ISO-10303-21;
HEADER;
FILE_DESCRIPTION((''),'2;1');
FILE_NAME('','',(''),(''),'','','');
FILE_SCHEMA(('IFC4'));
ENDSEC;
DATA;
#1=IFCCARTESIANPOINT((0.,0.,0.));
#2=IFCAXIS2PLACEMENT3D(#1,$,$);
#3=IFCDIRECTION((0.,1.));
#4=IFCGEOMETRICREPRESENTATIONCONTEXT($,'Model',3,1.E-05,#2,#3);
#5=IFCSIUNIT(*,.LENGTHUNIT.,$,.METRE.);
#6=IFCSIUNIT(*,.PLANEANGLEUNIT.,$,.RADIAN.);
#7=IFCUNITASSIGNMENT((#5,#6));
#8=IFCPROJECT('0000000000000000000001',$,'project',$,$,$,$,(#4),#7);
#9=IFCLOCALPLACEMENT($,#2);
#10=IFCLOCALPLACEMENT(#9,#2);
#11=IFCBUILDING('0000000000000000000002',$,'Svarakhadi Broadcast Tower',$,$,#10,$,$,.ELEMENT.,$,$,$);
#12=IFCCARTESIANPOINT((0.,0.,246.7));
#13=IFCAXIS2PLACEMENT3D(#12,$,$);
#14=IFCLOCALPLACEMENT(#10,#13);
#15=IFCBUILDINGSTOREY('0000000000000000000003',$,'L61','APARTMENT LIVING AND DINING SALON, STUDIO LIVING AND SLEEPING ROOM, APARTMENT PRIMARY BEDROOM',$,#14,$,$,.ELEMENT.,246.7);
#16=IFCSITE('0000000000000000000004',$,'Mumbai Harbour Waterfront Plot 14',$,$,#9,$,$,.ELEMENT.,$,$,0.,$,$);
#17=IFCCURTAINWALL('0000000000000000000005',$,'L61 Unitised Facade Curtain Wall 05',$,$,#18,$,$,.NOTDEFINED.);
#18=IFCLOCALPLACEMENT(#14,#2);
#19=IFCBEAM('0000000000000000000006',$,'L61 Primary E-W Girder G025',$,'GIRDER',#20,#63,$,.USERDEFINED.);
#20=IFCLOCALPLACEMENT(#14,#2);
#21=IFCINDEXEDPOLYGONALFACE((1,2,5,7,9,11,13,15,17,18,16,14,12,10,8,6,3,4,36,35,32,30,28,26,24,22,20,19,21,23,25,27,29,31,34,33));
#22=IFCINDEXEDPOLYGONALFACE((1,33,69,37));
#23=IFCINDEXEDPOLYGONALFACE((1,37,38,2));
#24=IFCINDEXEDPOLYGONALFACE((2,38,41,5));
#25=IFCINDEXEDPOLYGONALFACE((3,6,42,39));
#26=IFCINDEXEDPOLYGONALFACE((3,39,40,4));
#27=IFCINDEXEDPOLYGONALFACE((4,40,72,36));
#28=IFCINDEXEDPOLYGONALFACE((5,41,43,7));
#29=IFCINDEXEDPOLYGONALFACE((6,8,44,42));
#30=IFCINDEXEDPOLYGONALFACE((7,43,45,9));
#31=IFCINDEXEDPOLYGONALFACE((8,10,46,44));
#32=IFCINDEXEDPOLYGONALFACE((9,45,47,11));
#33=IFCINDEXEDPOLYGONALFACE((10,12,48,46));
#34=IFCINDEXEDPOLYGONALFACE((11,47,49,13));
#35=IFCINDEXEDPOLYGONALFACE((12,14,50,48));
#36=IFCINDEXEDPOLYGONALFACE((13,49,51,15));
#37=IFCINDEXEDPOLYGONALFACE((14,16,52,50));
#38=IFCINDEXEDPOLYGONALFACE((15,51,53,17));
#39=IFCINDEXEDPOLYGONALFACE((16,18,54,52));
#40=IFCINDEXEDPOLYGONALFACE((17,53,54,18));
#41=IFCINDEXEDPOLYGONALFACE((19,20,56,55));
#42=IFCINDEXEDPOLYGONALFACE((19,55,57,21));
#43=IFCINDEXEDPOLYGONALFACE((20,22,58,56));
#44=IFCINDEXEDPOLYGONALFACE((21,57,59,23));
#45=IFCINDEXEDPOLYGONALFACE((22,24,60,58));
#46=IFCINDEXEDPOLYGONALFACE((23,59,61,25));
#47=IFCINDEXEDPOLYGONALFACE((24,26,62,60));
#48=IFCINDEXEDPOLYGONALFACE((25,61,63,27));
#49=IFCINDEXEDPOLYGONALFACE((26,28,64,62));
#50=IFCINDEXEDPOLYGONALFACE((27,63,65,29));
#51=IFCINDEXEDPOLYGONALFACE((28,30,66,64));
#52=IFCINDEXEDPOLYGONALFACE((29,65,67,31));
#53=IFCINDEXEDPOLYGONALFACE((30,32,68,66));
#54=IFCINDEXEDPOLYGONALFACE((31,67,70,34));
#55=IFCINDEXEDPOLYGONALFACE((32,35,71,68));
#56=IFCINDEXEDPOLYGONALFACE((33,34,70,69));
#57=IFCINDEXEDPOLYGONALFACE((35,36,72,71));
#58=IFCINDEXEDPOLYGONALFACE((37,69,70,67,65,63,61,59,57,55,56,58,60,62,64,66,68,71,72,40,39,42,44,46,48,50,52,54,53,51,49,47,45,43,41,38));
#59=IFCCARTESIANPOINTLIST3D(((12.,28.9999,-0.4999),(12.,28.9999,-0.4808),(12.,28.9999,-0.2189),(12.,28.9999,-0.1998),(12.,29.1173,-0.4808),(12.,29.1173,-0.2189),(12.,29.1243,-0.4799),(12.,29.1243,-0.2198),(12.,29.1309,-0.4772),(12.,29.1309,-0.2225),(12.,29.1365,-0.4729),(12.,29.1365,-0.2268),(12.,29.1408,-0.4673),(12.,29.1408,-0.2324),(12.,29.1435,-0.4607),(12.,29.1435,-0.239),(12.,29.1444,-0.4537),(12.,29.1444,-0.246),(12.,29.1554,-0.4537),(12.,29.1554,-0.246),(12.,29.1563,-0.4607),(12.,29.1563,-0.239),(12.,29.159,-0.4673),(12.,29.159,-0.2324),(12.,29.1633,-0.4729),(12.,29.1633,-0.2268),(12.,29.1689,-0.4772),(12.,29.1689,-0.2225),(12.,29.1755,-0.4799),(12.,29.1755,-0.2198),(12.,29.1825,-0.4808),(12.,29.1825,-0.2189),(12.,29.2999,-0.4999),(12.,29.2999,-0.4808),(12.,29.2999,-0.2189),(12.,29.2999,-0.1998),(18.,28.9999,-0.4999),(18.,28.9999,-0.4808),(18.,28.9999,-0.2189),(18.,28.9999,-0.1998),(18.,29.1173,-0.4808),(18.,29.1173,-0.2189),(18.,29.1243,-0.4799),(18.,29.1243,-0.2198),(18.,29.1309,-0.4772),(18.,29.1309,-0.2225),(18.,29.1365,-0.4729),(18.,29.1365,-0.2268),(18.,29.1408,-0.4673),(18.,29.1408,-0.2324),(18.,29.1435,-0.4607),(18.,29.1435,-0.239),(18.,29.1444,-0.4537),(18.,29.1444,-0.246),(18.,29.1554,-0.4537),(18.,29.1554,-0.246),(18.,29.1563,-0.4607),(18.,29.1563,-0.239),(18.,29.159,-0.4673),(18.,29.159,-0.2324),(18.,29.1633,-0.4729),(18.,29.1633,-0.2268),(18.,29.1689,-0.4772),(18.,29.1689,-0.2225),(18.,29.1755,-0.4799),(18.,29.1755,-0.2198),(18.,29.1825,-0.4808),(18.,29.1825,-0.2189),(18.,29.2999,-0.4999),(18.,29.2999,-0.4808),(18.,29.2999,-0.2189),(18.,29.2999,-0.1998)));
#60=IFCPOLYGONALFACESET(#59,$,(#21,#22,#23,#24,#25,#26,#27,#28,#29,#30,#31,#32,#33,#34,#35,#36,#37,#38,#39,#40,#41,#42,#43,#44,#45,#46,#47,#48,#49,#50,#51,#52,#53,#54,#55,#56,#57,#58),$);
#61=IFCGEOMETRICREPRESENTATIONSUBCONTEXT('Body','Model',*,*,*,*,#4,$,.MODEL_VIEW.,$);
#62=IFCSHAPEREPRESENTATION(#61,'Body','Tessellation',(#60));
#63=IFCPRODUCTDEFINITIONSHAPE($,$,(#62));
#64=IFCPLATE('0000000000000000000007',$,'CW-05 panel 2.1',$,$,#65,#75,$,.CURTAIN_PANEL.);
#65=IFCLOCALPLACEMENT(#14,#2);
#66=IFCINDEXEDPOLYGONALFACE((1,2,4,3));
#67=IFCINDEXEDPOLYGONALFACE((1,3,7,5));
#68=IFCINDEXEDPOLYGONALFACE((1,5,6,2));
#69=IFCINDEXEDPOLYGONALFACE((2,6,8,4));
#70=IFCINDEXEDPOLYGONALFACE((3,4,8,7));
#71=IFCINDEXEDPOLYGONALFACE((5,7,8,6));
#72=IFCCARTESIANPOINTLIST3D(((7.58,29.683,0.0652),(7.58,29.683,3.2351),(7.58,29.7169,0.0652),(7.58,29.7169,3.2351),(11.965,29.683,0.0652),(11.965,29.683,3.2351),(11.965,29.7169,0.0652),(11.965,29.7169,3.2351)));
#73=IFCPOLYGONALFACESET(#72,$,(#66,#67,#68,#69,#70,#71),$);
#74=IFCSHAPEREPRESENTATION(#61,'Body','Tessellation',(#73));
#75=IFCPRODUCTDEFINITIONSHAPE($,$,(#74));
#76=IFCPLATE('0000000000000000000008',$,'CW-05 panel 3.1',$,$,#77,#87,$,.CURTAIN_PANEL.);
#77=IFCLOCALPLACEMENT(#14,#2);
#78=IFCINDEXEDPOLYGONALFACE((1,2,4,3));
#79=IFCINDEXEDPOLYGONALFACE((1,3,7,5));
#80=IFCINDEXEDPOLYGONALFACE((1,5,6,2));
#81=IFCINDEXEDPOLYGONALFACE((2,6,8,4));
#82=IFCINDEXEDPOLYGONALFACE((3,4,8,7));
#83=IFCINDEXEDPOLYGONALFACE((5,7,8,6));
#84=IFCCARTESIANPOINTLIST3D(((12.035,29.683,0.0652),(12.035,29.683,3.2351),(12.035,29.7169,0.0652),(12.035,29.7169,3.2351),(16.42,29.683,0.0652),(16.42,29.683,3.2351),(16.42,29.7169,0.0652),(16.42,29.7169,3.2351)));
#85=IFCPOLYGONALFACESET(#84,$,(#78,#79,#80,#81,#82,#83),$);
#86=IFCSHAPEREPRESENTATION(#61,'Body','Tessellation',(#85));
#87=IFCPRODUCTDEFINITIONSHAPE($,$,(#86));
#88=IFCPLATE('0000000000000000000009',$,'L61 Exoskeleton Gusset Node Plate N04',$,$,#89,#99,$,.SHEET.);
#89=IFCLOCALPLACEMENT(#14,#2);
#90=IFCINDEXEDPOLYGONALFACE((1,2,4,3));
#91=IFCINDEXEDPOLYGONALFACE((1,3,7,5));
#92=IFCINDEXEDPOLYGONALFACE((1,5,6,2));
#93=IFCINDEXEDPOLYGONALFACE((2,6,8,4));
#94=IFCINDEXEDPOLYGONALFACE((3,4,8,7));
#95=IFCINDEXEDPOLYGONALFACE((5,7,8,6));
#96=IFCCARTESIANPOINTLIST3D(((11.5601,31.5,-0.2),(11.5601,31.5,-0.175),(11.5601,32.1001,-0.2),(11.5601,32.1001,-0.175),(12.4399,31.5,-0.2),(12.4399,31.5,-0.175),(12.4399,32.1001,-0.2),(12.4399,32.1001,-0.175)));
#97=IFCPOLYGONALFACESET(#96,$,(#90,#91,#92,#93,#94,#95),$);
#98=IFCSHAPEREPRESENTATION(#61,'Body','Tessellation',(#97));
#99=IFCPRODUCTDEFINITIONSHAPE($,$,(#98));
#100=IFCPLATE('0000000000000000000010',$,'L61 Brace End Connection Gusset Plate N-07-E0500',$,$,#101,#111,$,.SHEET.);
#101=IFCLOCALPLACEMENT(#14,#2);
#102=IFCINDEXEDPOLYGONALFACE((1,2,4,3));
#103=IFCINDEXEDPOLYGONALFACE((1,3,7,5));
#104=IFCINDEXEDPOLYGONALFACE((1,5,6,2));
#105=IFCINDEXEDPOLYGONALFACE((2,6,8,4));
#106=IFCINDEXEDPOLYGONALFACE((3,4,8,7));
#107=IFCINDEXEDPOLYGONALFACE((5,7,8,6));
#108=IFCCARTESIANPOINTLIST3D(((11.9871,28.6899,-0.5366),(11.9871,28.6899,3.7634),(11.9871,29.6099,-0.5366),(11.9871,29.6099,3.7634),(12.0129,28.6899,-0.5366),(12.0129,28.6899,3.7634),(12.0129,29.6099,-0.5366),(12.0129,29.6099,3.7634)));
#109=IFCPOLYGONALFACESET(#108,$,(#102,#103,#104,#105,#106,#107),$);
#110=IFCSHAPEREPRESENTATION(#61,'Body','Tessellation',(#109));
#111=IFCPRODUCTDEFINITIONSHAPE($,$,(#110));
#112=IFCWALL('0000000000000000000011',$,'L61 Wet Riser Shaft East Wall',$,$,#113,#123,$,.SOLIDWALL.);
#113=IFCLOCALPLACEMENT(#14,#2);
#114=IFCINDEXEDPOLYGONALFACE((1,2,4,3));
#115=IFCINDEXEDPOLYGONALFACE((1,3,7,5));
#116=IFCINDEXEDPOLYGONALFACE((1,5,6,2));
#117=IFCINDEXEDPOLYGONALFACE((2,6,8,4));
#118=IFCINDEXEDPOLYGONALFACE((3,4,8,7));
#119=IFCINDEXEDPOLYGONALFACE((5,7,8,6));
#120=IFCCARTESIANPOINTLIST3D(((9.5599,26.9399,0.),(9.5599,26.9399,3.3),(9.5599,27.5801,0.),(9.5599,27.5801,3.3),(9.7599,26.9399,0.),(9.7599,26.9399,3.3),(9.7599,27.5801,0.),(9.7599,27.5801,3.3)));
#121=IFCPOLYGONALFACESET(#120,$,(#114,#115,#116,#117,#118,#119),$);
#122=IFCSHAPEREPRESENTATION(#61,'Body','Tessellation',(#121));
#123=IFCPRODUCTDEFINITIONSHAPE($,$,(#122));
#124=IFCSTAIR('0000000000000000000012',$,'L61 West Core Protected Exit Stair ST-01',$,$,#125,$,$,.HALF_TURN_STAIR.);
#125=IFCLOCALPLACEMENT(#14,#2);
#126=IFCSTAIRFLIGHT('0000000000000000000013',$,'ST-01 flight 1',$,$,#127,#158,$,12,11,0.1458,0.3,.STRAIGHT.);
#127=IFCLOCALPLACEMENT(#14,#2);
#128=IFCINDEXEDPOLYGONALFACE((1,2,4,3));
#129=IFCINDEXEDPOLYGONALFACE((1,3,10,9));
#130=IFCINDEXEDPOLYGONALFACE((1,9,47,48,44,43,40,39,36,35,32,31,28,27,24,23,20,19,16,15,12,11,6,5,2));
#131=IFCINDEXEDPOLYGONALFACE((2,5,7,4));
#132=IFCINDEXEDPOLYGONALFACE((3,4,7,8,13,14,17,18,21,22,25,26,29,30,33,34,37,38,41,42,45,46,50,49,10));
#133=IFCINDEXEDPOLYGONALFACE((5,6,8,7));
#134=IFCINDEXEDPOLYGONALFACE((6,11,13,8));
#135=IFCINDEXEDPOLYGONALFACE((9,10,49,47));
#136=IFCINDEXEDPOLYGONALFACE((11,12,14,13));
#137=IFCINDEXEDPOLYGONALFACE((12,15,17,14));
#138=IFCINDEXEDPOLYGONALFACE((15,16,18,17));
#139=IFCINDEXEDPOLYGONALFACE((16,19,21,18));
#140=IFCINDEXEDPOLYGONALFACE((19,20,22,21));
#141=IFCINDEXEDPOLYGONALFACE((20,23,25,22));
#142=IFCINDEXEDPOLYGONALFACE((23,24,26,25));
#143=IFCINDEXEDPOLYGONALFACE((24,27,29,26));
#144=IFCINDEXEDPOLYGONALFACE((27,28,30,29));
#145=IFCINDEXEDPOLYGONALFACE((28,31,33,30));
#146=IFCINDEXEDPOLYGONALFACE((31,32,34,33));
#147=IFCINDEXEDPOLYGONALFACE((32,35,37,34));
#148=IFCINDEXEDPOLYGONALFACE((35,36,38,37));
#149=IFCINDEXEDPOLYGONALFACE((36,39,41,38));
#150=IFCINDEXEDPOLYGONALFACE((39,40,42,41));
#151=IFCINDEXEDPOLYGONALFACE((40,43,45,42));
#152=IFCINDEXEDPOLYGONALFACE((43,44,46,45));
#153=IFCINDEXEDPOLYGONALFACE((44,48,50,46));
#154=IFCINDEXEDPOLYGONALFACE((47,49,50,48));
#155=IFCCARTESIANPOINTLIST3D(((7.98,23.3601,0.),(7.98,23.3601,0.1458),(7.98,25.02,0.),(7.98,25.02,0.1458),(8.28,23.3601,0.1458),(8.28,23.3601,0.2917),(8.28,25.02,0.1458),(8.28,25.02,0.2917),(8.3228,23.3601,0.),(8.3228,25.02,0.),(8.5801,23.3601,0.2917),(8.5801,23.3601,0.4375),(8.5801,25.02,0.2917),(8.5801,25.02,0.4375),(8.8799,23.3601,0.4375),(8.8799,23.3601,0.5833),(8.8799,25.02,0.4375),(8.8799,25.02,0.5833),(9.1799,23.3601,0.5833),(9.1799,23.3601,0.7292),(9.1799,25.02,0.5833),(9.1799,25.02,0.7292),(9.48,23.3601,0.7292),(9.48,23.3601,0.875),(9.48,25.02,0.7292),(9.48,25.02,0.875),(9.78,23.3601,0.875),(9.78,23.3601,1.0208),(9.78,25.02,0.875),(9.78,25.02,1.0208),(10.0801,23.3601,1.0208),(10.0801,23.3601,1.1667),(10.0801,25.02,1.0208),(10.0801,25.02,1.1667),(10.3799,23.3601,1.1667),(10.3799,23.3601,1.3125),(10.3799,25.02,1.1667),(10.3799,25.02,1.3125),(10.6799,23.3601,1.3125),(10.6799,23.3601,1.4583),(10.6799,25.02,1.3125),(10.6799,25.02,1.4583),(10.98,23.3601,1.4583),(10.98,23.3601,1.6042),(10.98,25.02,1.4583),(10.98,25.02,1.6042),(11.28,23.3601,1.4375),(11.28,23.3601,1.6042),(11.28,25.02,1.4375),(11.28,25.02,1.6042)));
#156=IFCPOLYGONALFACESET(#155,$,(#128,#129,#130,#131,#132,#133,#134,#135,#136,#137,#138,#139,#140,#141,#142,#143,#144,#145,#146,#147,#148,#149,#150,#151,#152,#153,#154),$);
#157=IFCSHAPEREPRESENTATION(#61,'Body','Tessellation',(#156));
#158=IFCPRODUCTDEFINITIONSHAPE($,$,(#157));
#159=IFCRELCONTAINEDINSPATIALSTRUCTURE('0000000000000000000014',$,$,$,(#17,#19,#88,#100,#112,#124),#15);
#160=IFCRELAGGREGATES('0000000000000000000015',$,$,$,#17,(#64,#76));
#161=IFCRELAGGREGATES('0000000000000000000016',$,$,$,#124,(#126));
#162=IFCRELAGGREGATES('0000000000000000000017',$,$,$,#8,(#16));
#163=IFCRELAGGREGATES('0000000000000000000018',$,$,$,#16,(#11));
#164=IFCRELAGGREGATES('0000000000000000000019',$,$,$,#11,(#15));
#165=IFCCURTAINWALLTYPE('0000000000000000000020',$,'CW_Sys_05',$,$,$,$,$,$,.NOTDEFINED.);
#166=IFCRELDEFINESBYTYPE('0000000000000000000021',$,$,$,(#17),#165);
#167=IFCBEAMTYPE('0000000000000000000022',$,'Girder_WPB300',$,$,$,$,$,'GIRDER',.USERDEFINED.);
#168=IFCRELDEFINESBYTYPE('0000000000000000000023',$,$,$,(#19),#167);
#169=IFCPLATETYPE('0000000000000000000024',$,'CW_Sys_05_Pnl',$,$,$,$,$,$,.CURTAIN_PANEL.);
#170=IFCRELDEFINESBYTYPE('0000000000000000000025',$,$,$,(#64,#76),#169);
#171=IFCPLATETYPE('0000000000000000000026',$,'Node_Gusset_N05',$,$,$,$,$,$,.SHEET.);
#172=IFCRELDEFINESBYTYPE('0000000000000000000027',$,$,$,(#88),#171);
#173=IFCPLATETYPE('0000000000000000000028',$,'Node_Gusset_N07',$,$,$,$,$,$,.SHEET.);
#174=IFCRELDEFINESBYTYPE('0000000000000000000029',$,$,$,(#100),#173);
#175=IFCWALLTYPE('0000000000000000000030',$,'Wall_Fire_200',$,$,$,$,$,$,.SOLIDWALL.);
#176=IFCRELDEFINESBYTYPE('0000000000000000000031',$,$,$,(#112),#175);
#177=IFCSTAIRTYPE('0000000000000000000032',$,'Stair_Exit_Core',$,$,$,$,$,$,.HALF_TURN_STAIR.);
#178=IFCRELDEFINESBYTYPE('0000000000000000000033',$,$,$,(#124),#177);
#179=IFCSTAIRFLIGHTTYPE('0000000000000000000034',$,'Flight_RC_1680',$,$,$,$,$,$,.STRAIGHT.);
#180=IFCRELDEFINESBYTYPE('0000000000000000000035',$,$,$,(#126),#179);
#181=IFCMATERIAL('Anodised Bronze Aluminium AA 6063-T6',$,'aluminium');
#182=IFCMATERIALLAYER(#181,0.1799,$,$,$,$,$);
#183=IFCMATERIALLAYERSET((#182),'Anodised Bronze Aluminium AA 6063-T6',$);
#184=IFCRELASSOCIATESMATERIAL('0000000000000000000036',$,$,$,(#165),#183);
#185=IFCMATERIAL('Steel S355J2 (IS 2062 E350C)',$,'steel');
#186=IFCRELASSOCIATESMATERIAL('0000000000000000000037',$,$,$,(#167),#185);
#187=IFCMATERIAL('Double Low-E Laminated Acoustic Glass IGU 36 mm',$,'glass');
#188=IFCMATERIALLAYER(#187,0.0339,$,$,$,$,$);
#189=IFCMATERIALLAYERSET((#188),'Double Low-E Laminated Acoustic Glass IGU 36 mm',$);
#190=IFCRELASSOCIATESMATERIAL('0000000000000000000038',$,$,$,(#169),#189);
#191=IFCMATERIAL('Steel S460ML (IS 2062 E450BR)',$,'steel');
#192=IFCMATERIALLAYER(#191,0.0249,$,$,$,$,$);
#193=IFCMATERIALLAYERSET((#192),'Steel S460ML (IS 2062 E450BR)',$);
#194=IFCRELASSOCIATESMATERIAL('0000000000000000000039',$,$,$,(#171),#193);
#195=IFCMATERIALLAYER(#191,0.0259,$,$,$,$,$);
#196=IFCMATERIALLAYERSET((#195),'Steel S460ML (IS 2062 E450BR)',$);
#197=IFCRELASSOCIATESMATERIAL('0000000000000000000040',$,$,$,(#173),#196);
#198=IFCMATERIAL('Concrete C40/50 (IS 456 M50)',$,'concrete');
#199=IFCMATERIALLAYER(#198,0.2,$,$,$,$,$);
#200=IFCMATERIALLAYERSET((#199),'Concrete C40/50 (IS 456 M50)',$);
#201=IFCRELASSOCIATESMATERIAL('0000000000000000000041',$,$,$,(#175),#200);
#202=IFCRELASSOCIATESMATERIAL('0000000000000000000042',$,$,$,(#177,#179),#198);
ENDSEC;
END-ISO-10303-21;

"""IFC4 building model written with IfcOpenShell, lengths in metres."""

from ifc_helpers import new_model, si_unit, direction, frame, frame_2d, origin, origin_2d, place, context, subcontext, project, spatial, polyline, rectangle, i_section, outline, extrude, material, layer, layer_set, material_profile, profile_set, type_object, element, aggregate, save


model = new_model("IFC4")

# Units and contexts
model_context = context("Model", 3, precision=1e-05, world=origin(), true_north=direction((0.0, 1.0)))
body_context = subcontext(model_context, "Body", "Model", "MODEL_VIEW")
ifc_project = project(units=[si_unit("LENGTHUNIT", "METRE"), si_unit("PLANEANGLEUNIT", "RADIAN")], contexts=[model_context])

# Site, building, storey
site_placement = place(None, origin())
site = spatial("IfcSite", under=ifc_project, at=site_placement, Name="Mumbai Harbour Waterfront Plot 14", CompositionType="ELEMENT", RefElevation=0.0)
building_placement = place(site_placement, origin())
building = spatial("IfcBuilding", under=site, at=building_placement, Name="Svarakhadi Broadcast Tower", CompositionType="ELEMENT")
storey_placement = place(building_placement, frame((0.0, 0.0, 246.7)))
storey = spatial("IfcBuildingStorey", under=building, at=storey_placement, Name="L61", Description="APARTMENT LIVING AND DINING SALON, STUDIO LIVING AND SLEEPING ROOM, APARTMENT PRIMARY BEDROOM", CompositionType="ELEMENT", Elevation=246.7)

# Shared definitions
ifc_material_1 = material(Name="Steel S460ML (IS 2062 E450BR)", Category="steel")

# Curtain wall
ifc_material_2 = material(Name="Anodised Bronze Aluminium AA 6063-T6", Category="aluminium")
ifc_layer_1 = layer(ifc_material_2, 0.1799)
ifc_layer_set_1 = layer_set([ifc_layer_1], Name="Anodised Bronze Aluminium AA 6063-T6")
curtain_wall_type = type_object("IfcCurtainWallType", Name="CW_Sys_05", PredefinedType="NOTDEFINED", material=ifc_layer_set_1)
curtain_wall_placement = place(storey_placement, origin())
curtain_wall = element("IfcCurtainWall", 1, at=curtain_wall_placement, inside=storey, type_object=curtain_wall_type, Name="L61 Unitised Facade Curtain Wall 05", PredefinedType="NOTDEFINED")

# Beam
ifc_material_3 = material(Name="Steel S355J2 (IS 2062 E350C)", Category="steel")
ifc_material_profile_1 = material_profile(ifc_material_3, i_section(OverallWidth=0.3, OverallDepth=0.3, WebThickness=0.011, FlangeThickness=0.019, FilletRadius=0.0271, at=origin_2d()), Name="WPB 300x300x117")
ifc_profile_set_1 = profile_set([ifc_material_profile_1], Name="Steel S355J2 (IS 2062 E350C)")
beam_type = type_object("IfcBeamType", Name="Girder_WPB300", ElementType="GIRDER", PredefinedType="USERDEFINED", material=ifc_profile_set_1)
beam_placement = place(storey_placement, frame((12.0, 29.1499, -0.3499), z_axis=(1.0, 0.0, 0.0), x_axis=(0.0, 1.0, 0.0)))
element("IfcBeam", 2, at=beam_placement, inside=storey, type_object=beam_type, Name="L61 Primary E-W Girder G025", ObjectType="GIRDER", PredefinedType="USERDEFINED", context=body_context, shape_type="SweptSolid", body=[
    extrude(i_section(OverallWidth=0.3, OverallDepth=0.3, WebThickness=0.011, FlangeThickness=0.019, FilletRadius=0.0271, at=origin_2d()), origin(), (0.0, 0.0, 1.0), 6.0),
])

# Plates
ifc_material_4 = material(Name="Double Low-E Laminated Acoustic Glass IGU 36 mm", Category="glass")
ifc_layer_2 = layer(ifc_material_4, 0.0339)
ifc_layer_set_2 = layer_set([ifc_layer_2], Name="Double Low-E Laminated Acoustic Glass IGU 36 mm")
plate_type_1 = type_object("IfcPlateType", Name="CW_Sys_05_Pnl", PredefinedType="CURTAIN_PANEL", material=ifc_layer_set_2)
plate_1_placement = place(storey_placement, frame((9.7725, 29.7, 0.0652), z_axis=(0.0, 0.0, 1.0), x_axis=(1.0, 0.0, 0.0)))
plate_1 = element("IfcPlate", 3, at=plate_1_placement, type_object=plate_type_1, Name="CW-05 panel 2.1", PredefinedType="CURTAIN_PANEL", context=body_context, shape_type="SweptSolid", body=[
    extrude(rectangle(XDim=4.385, YDim=0.0339, at=origin_2d()), origin(), (0.0, 0.0, 1.0), 3.1699),
])
plate_2_placement = place(storey_placement, frame((14.2275, 29.7, 0.0652), z_axis=(0.0, 0.0, 1.0), x_axis=(1.0, 0.0, 0.0)))
plate_2 = element("IfcPlate", 4, at=plate_2_placement, type_object=plate_type_1, Name="CW-05 panel 3.1", PredefinedType="CURTAIN_PANEL", context=body_context, shape_type="SweptSolid", body=[
    extrude(rectangle(XDim=4.385, YDim=0.0339, at=origin_2d()), origin(), (0.0, 0.0, 1.0), 3.1699),
])
aggregate(curtain_wall, [plate_1, plate_2])

# Plates
ifc_layer_3 = layer(ifc_material_1, 0.0249)
ifc_layer_set_3 = layer_set([ifc_layer_3], Name="Steel S460ML (IS 2062 E450BR)")
plate_type_2 = type_object("IfcPlateType", Name="Node_Gusset_N05", PredefinedType="SHEET", material=ifc_layer_set_3)
plate_3_placement = place(storey_placement, frame((12.0, 31.8, -0.2), z_axis=(0.0, 0.0, 1.0), x_axis=(1.0, 0.0, 0.0)))
element("IfcPlate", 5, at=plate_3_placement, inside=storey, type_object=plate_type_2, Name="L61 Exoskeleton Gusset Node Plate N04", PredefinedType="SHEET", context=body_context, shape_type="SweptSolid", body=[
    extrude(rectangle(XDim=0.8799, YDim=0.6001, at=origin_2d()), origin(), (0.0, 0.0, 1.0), 0.0249),
])
ifc_layer_4 = layer(ifc_material_1, 0.0259)
ifc_layer_set_4 = layer_set([ifc_layer_4], Name="Steel S460ML (IS 2062 E450BR)")
plate_type_3 = type_object("IfcPlateType", Name="Node_Gusset_N07", PredefinedType="SHEET", material=ifc_layer_set_4)
plate_4_placement = place(storey_placement, frame((12.0, 29.1499, -0.5366), z_axis=(0.0, 0.0, 1.0), x_axis=(0.0, 1.0, 0.0)))
element("IfcPlate", 6, at=plate_4_placement, inside=storey, type_object=plate_type_3, Name="L61 Brace End Connection Gusset Plate N-07-E0500", PredefinedType="SHEET", context=body_context, shape_type="SweptSolid", body=[
    extrude(rectangle(XDim=0.9199, YDim=0.0259, at=origin_2d()), origin(), (0.0, 0.0, 1.0), 4.3),
])

# Wall
ifc_material_5 = material(Name="Concrete C40/50 (IS 456 M50)", Category="concrete")
ifc_layer_5 = layer(ifc_material_5, 0.2)
ifc_layer_set_5 = layer_set([ifc_layer_5], Name="Concrete C40/50 (IS 456 M50)")
wall_type = type_object("IfcWallType", Name="Wall_Fire_200", PredefinedType="SOLIDWALL", material=ifc_layer_set_5)
wall_placement = place(storey_placement, frame((9.6599, 26.9399, 0.0), z_axis=(0.0, 0.0, 1.0), x_axis=(0.0, 1.0, 0.0)))
element("IfcWall", 7, at=wall_placement, inside=storey, type_object=wall_type, Name="L61 Wet Riser Shaft East Wall", PredefinedType="SOLIDWALL", context=body_context, shape_type="SweptSolid", body=[
    extrude(rectangle(XDim=0.6401, YDim=0.2, at=frame_2d((0.3201, 0.0))), origin(), (0.0, 0.0, 1.0), 3.3),
])

# Stair, stair flight
stair_type = type_object("IfcStairType", Name="Stair_Exit_Core", PredefinedType="HALF_TURN_STAIR", material=ifc_material_5)
stair_placement = place(storey_placement, origin())
stair = element("IfcStair", 8, at=stair_placement, inside=storey, type_object=stair_type, Name="L61 West Core Protected Exit Stair ST-01", PredefinedType="HALF_TURN_STAIR")
stair_flight_type = type_object("IfcStairFlightType", Name="Flight_RC_1680", PredefinedType="STRAIGHT", material=ifc_material_5)
stair_flight_1_placement = place(storey_placement, frame((7.98, 24.1899, 0.0), z_axis=(0.0, 0.0, 1.0), x_axis=(1.0, 0.0, 0.0)))
stair_flight_1 = element("IfcStairFlight", 9, at=stair_flight_1_placement, type_object=stair_flight_type, Name="ST-01 flight 1", NumberOfRisers=12, NumberOfTreads=11, PredefinedType="STRAIGHT", RiserHeight=0.1458, TreadLength=0.3, context=body_context, shape_type="SweptSolid", body=[
    extrude(outline(polyline([(0.0, 0.0), (0.0, 0.1458), (0.3, 0.1458), (0.3, 0.2917), (0.6001, 0.2917), (0.6001, 0.4375), (0.8999, 0.4375), (0.8999, 0.5833), (1.2, 0.5833), (1.2, 0.7292), (1.5, 0.7292), (1.5, 0.875), (1.8, 0.875), (1.8, 1.0208), (2.1001, 1.0208), (2.1001, 1.1667), (2.3999, 1.1667), (2.3999, 1.3125), (2.7, 1.3125), (2.7, 1.4583), (3.0, 1.4583), (3.0, 1.6042), (3.3, 1.6042), (3.3, 1.75), (3.3, 1.4375), (0.3428, 0.0), (0.0, 0.0)])), frame((0.0, 0.8301, 0.0), z_axis=(0.0, -1.0, 0.0), x_axis=(1.0, 0.0, 0.0)), (0.0, 0.0, 1.0), 1.6599),
])
aggregate(stair, [stair_flight_1])

save(model, "model.ifc")
